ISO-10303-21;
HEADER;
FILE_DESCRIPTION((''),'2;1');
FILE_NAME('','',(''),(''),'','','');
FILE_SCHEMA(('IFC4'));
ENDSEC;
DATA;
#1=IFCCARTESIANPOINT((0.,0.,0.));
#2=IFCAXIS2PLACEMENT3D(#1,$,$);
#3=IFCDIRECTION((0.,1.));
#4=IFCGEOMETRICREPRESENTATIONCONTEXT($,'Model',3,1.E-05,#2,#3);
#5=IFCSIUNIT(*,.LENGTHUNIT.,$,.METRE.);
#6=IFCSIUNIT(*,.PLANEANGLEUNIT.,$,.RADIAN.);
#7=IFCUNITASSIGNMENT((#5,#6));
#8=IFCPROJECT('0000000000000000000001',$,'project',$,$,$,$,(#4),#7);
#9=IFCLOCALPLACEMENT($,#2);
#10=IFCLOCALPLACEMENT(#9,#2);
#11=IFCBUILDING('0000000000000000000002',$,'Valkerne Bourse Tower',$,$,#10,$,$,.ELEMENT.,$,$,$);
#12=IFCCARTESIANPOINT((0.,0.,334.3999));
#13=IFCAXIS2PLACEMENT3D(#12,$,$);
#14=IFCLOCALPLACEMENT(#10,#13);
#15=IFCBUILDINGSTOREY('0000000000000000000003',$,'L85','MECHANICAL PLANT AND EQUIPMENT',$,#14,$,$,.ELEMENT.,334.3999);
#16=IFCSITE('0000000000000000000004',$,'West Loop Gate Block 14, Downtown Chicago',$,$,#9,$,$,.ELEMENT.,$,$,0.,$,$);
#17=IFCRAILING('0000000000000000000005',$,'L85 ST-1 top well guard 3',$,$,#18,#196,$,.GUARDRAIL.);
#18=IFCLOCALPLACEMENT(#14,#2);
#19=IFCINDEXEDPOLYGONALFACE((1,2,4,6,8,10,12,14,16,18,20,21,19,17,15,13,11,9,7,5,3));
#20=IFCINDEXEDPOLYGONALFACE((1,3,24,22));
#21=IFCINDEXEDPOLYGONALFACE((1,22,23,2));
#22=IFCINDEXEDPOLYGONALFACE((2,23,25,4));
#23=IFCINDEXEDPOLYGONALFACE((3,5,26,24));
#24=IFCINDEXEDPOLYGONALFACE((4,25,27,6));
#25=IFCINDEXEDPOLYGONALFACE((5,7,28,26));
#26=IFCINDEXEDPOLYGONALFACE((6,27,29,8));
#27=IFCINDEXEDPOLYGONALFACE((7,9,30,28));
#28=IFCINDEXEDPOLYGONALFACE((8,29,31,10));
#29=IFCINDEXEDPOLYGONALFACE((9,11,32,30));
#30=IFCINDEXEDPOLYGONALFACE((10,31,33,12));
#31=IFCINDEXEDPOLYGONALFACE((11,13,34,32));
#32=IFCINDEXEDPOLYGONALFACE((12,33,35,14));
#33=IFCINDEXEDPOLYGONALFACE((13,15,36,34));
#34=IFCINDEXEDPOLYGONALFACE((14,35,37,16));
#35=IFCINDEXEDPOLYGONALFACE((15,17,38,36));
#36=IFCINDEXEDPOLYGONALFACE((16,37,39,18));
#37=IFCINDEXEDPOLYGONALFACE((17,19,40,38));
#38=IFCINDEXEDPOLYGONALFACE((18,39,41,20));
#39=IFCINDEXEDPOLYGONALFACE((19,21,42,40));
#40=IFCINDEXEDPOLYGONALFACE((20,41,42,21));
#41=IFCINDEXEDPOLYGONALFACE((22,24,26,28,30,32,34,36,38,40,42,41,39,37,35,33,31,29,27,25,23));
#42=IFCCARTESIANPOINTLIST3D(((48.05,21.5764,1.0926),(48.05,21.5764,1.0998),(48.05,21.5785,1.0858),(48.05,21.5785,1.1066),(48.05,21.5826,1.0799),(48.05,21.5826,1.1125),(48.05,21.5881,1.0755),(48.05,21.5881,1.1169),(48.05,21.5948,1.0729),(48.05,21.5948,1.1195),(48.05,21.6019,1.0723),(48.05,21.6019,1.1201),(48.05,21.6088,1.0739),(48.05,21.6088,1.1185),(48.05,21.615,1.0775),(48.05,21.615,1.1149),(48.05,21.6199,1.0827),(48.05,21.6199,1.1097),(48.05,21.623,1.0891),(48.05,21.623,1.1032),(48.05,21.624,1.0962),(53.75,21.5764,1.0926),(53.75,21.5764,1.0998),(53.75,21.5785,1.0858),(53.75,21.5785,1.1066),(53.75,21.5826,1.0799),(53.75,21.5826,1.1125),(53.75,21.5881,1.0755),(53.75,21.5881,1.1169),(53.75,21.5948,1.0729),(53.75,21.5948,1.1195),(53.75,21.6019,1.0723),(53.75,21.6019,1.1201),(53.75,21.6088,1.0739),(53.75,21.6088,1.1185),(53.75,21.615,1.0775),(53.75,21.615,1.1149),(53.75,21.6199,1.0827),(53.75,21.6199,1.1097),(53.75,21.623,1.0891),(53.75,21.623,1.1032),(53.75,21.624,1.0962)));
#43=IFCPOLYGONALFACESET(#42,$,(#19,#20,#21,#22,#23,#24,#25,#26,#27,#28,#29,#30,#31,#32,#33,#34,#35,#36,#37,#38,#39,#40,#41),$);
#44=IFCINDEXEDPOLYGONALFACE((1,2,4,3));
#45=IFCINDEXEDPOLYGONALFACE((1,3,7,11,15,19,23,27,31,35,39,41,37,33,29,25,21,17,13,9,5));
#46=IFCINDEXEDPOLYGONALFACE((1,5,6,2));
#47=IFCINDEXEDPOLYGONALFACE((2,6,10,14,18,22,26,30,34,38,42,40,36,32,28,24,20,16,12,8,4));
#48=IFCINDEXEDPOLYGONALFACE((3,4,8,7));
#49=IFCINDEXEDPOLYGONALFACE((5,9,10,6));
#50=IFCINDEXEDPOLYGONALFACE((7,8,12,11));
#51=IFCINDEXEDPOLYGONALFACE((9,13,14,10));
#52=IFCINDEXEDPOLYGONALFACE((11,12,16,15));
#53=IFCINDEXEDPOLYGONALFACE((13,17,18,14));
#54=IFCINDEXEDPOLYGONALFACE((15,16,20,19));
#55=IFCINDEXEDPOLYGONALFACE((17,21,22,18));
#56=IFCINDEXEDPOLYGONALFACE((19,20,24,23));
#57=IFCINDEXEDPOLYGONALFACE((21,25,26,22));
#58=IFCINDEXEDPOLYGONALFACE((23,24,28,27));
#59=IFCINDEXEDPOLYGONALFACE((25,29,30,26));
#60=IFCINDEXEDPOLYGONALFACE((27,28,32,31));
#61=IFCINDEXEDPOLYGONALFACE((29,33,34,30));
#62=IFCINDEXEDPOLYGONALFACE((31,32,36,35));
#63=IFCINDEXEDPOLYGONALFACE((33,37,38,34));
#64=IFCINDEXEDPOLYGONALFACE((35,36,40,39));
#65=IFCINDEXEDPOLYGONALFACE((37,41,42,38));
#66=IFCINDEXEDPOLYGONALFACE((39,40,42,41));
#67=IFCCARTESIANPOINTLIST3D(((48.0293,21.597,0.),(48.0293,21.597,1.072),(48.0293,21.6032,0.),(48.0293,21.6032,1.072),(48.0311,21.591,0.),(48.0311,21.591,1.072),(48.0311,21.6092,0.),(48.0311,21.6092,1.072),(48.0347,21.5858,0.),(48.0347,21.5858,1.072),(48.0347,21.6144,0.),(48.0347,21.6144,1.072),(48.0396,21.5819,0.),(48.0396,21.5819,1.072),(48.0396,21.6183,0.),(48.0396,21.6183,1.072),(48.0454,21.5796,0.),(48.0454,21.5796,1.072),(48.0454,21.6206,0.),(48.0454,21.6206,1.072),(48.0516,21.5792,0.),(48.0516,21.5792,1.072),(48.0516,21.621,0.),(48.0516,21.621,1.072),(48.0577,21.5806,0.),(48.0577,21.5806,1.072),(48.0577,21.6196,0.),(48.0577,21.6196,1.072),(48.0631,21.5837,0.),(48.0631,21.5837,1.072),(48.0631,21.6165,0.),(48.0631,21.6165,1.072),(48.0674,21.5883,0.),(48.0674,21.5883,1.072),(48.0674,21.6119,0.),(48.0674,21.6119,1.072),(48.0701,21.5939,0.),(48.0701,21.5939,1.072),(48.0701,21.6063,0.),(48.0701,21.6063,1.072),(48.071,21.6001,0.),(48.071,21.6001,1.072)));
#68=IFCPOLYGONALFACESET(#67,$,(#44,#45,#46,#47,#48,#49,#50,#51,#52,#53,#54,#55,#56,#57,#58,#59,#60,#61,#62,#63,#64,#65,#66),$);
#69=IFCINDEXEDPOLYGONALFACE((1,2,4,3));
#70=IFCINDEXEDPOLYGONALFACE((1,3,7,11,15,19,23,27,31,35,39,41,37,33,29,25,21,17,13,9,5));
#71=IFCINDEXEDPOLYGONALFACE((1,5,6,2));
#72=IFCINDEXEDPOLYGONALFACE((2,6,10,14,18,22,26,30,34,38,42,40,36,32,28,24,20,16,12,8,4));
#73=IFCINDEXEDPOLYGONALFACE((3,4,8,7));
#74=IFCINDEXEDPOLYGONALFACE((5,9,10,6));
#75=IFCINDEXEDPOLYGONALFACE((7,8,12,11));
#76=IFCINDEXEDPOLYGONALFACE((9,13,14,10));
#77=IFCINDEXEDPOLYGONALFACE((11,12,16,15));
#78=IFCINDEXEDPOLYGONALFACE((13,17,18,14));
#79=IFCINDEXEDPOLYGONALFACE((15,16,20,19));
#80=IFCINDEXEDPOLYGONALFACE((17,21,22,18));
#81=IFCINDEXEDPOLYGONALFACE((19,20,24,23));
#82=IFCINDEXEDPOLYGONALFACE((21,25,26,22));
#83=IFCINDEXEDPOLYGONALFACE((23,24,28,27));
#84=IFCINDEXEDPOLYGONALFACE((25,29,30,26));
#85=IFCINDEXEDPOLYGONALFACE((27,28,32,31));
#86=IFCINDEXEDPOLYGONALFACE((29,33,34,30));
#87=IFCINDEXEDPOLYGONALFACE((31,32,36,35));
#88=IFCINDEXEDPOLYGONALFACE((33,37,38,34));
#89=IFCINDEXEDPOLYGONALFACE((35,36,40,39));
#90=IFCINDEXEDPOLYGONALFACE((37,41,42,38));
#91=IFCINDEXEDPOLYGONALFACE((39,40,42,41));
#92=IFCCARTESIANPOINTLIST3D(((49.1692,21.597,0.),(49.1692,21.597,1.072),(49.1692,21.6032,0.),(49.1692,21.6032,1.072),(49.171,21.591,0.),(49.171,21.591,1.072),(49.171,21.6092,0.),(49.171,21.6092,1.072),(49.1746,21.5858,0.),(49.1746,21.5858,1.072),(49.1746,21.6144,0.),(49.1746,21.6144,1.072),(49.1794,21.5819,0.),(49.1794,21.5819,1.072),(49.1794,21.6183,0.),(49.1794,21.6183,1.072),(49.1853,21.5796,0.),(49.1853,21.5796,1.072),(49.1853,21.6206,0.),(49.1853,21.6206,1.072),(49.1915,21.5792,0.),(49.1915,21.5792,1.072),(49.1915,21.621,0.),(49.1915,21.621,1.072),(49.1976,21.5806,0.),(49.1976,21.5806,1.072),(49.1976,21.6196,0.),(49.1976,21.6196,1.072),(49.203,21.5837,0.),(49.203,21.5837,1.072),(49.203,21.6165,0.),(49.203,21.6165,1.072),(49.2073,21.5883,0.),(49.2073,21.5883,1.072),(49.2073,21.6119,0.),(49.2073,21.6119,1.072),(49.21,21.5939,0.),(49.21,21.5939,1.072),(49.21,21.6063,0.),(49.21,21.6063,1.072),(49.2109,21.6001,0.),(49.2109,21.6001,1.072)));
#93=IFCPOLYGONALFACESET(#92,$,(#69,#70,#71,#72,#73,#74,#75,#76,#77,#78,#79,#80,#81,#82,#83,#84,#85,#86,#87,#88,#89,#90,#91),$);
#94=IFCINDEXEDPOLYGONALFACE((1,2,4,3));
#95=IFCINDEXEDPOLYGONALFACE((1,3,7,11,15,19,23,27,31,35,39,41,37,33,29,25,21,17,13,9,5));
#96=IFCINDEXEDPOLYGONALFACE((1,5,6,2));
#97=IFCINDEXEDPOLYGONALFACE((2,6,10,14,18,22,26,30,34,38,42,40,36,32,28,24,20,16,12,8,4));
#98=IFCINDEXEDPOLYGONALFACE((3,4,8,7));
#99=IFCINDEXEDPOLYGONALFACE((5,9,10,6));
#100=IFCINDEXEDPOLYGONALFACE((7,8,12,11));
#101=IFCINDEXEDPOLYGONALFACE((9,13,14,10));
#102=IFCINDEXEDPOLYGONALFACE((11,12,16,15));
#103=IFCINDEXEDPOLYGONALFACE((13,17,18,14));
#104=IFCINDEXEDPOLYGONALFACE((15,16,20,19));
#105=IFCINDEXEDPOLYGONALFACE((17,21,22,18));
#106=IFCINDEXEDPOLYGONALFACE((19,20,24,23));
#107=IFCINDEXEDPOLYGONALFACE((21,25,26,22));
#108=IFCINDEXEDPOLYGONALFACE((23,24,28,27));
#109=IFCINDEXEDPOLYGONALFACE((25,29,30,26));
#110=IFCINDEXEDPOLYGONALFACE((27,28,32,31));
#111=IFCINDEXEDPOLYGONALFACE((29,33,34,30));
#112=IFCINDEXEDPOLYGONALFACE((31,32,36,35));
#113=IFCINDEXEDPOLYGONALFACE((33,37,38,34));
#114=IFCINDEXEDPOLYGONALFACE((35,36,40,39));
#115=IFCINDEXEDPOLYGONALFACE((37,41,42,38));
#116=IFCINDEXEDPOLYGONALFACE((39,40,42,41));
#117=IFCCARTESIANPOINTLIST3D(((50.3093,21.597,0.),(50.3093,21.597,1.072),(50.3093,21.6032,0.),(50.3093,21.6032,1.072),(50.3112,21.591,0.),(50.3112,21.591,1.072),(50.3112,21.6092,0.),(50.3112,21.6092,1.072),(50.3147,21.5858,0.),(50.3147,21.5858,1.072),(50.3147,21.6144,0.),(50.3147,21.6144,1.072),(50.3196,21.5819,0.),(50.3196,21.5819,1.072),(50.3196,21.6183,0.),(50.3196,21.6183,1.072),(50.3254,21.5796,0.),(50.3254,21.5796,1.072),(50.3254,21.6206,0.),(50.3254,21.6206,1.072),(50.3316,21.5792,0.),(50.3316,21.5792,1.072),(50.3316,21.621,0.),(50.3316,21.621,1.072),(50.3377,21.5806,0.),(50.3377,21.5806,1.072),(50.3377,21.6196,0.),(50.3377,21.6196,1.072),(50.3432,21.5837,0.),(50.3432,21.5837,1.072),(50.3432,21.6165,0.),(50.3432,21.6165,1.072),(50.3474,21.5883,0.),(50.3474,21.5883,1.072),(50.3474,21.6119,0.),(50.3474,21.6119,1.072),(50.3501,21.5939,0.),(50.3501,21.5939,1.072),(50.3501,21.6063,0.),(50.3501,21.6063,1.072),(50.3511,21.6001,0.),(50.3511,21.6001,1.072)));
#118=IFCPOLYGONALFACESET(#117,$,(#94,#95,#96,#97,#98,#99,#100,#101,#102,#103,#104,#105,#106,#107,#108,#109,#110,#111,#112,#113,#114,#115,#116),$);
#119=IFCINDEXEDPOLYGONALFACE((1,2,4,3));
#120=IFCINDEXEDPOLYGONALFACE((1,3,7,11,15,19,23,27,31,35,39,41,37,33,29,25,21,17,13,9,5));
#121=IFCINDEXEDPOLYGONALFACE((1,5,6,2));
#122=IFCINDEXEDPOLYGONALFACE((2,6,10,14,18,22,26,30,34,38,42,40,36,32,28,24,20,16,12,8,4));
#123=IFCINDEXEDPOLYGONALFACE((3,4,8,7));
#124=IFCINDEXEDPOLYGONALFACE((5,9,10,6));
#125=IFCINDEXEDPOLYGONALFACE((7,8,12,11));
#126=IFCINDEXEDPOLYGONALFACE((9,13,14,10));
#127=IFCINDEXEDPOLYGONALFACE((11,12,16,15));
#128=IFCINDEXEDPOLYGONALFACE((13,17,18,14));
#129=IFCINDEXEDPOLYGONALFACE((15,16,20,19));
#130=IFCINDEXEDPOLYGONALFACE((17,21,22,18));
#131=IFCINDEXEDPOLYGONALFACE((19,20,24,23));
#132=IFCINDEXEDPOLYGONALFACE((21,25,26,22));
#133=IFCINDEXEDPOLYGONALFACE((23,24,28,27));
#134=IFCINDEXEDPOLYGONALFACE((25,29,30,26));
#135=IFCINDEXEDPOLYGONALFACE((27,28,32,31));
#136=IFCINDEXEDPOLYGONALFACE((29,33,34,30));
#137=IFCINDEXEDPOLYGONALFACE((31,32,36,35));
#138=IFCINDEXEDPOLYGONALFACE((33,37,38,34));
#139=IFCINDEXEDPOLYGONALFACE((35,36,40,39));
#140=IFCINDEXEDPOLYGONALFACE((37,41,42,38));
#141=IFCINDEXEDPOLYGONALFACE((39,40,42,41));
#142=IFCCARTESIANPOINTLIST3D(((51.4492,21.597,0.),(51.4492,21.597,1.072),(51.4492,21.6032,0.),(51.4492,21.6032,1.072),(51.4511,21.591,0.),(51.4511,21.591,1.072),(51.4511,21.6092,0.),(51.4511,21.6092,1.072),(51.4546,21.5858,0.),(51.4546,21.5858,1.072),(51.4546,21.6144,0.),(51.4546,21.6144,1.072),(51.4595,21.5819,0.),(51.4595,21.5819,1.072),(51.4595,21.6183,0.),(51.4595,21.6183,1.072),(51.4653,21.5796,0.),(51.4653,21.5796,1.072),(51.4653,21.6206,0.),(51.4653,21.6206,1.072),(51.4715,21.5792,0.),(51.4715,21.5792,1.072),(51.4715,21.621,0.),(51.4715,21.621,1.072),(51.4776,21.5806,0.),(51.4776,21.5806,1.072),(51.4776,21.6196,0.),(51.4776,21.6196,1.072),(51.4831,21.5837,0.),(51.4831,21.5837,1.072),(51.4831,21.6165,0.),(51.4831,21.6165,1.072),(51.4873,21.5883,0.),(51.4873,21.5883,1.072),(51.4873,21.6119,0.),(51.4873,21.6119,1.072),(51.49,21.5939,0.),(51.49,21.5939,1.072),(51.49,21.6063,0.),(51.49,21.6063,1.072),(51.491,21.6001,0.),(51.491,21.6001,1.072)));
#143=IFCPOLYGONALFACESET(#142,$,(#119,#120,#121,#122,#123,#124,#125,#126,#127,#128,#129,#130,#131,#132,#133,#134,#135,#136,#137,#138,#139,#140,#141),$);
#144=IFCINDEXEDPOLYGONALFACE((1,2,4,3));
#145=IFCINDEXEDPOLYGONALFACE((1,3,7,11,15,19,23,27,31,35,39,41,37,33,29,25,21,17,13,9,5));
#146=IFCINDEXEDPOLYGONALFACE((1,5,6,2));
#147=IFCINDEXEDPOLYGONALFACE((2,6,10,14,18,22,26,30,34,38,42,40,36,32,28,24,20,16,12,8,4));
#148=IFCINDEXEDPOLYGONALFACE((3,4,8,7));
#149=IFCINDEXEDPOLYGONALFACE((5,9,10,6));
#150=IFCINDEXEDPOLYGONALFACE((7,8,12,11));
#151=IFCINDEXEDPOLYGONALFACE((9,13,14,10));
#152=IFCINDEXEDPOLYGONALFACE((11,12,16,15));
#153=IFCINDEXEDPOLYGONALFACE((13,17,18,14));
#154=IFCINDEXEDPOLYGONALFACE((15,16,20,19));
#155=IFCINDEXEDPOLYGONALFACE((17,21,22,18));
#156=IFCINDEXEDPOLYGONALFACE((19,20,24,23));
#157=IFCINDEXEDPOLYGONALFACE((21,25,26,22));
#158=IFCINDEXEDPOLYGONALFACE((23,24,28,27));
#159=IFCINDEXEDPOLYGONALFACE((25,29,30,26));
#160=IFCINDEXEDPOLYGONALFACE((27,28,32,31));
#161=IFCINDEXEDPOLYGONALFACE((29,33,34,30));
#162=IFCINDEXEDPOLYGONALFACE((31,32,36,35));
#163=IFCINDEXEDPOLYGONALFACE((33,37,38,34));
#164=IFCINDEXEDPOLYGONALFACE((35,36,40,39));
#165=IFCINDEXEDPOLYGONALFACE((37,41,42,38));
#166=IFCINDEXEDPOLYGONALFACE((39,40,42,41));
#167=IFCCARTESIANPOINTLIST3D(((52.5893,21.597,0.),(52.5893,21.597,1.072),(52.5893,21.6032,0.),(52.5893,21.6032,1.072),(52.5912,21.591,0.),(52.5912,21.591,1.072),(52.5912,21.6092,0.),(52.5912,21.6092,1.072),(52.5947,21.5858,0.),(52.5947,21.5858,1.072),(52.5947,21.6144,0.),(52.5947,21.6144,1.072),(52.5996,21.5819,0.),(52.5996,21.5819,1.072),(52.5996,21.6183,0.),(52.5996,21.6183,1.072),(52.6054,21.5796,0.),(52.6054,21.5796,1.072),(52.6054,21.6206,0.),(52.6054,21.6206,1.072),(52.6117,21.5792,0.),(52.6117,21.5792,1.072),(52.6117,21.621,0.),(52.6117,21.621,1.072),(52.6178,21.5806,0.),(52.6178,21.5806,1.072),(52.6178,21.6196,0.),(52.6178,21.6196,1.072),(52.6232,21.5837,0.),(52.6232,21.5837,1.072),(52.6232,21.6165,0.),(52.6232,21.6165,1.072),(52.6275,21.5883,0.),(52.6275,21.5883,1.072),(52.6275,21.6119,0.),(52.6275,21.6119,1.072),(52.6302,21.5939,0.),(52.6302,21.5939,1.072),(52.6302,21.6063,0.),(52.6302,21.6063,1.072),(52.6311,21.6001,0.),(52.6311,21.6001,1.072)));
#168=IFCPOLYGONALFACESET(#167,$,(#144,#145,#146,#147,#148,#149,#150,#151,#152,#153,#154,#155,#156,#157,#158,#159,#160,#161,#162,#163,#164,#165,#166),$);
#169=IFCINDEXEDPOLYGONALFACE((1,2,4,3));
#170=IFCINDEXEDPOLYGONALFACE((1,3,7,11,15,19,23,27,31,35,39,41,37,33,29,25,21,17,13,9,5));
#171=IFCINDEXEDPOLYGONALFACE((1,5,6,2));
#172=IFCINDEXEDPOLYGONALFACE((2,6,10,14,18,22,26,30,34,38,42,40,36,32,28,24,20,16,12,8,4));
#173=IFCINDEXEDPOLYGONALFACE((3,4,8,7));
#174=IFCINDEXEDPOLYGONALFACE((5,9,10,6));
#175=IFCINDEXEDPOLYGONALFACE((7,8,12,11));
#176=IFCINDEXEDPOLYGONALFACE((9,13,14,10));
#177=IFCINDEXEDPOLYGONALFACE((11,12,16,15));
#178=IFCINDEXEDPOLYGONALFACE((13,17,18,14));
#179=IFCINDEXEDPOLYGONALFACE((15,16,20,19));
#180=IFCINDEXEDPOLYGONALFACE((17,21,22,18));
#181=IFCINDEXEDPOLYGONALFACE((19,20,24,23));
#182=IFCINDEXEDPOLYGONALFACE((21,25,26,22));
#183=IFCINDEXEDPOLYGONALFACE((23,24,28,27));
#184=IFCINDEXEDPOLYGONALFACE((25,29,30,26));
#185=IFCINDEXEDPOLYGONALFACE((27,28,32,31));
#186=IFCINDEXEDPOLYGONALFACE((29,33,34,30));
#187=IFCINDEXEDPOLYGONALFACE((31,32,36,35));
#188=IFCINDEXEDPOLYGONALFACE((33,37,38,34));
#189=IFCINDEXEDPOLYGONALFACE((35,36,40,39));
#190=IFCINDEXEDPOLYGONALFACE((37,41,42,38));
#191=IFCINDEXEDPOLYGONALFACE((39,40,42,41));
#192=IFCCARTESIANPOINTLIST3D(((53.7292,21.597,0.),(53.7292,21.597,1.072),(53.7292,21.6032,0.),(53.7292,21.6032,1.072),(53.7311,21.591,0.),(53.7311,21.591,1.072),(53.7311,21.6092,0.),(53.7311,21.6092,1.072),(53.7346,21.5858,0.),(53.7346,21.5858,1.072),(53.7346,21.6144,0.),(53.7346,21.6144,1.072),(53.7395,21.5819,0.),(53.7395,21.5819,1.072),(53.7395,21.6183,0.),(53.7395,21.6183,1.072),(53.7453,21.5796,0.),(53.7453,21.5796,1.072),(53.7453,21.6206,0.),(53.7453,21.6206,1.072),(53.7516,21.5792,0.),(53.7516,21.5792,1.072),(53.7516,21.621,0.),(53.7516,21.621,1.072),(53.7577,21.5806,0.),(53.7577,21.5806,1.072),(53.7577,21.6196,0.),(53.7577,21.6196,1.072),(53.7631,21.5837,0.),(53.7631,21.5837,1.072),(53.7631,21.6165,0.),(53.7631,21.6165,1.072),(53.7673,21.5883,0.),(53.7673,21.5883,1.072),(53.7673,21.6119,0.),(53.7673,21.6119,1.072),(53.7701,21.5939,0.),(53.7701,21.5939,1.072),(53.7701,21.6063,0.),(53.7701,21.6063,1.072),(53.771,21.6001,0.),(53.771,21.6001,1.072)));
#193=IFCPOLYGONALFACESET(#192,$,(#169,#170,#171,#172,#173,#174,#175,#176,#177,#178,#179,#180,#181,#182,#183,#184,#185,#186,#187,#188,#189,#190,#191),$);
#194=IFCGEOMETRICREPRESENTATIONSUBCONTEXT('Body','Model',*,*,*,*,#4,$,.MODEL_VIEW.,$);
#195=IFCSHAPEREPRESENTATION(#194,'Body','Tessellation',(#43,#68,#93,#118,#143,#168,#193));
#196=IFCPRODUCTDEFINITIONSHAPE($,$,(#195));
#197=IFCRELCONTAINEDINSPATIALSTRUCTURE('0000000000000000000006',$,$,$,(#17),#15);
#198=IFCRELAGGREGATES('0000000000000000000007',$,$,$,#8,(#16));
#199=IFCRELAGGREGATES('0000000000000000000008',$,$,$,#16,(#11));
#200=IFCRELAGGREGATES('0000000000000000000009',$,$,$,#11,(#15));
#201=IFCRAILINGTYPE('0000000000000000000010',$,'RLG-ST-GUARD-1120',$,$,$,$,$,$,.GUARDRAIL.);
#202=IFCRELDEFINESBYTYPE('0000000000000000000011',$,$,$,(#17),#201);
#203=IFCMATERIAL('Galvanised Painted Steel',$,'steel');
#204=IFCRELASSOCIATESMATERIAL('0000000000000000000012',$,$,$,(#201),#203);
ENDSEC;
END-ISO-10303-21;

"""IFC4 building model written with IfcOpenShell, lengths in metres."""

from ifc_helpers import new_model, si_unit, direction, frame, origin, origin_2d, place, context, subcontext, project, spatial, circle, extrude, material, type_object, element, save


model = new_model("IFC4")

# Units and contexts
model_context = context("Model", 3, precision=1e-05, world=origin(), true_north=direction((0.0, 1.0)))
body_context = subcontext(model_context, "Body", "Model", "MODEL_VIEW")
ifc_project = project(units=[si_unit("LENGTHUNIT", "METRE"), si_unit("PLANEANGLEUNIT", "RADIAN")], contexts=[model_context])

# Site, building, storey
site_placement = place(None, origin())
site = spatial("IfcSite", under=ifc_project, at=site_placement, Name="West Loop Gate Block 14, Downtown Chicago", CompositionType="ELEMENT", RefElevation=0.0)
building_placement = place(site_placement, origin())
building = spatial("IfcBuilding", under=site, at=building_placement, Name="Valkerne Bourse Tower", CompositionType="ELEMENT")
storey_placement = place(building_placement, frame((0.0, 0.0, 334.3999)))
storey = spatial("IfcBuildingStorey", under=building, at=storey_placement, Name="L85", Description="MECHANICAL PLANT AND EQUIPMENT", CompositionType="ELEMENT", Elevation=334.3999)

# Railing
ifc_material_1 = material(Name="Galvanised Painted Steel", Category="steel")
railing_type = type_object("IfcRailingType", Name="RLG-ST-GUARD-1120", PredefinedType="GUARDRAIL", material=ifc_material_1)
for number, where, name in (
    (1, (48.05, 21.6001, 0.0), "L85 ST-1 top well guard 3"),
):
    element("IfcRailing", number, at=place(storey_placement, frame(where)), inside=storey, type_object=railing_type, Name=name, PredefinedType="GUARDRAIL", context=body_context, shape_type="SweptSolid", body=[
        extrude(circle(Radius=0.0239, at=origin_2d()), frame((0.0, 0.0, 1.0962), z_axis=(1.0, 0.0, 0.0), x_axis=(0.0, 1.0, 0.0)), (0.0, 0.0, 1.0), 5.7),
        extrude(circle(Radius=0.021, at=origin_2d()), origin(), (0.0, 0.0, 1.0), 1.072),
        extrude(circle(Radius=0.021, at=origin_2d()), frame((1.1399, 0.0, 0.0)), (0.0, 0.0, 1.0), 1.072),
        extrude(circle(Radius=0.021, at=origin_2d()), frame((2.28, 0.0, 0.0)), (0.0, 0.0, 1.0), 1.072),
        extrude(circle(Radius=0.021, at=origin_2d()), frame((3.4199, 0.0, 0.0)), (0.0, 0.0, 1.0), 1.072),
        extrude(circle(Radius=0.021, at=origin_2d()), frame((4.5601, 0.0, 0.0)), (0.0, 0.0, 1.0), 1.072),
        extrude(circle(Radius=0.021, at=origin_2d()), frame((5.7, 0.0, 0.0)), (0.0, 0.0, 1.0), 1.072),
    ])

save(model, "model.ifc")
